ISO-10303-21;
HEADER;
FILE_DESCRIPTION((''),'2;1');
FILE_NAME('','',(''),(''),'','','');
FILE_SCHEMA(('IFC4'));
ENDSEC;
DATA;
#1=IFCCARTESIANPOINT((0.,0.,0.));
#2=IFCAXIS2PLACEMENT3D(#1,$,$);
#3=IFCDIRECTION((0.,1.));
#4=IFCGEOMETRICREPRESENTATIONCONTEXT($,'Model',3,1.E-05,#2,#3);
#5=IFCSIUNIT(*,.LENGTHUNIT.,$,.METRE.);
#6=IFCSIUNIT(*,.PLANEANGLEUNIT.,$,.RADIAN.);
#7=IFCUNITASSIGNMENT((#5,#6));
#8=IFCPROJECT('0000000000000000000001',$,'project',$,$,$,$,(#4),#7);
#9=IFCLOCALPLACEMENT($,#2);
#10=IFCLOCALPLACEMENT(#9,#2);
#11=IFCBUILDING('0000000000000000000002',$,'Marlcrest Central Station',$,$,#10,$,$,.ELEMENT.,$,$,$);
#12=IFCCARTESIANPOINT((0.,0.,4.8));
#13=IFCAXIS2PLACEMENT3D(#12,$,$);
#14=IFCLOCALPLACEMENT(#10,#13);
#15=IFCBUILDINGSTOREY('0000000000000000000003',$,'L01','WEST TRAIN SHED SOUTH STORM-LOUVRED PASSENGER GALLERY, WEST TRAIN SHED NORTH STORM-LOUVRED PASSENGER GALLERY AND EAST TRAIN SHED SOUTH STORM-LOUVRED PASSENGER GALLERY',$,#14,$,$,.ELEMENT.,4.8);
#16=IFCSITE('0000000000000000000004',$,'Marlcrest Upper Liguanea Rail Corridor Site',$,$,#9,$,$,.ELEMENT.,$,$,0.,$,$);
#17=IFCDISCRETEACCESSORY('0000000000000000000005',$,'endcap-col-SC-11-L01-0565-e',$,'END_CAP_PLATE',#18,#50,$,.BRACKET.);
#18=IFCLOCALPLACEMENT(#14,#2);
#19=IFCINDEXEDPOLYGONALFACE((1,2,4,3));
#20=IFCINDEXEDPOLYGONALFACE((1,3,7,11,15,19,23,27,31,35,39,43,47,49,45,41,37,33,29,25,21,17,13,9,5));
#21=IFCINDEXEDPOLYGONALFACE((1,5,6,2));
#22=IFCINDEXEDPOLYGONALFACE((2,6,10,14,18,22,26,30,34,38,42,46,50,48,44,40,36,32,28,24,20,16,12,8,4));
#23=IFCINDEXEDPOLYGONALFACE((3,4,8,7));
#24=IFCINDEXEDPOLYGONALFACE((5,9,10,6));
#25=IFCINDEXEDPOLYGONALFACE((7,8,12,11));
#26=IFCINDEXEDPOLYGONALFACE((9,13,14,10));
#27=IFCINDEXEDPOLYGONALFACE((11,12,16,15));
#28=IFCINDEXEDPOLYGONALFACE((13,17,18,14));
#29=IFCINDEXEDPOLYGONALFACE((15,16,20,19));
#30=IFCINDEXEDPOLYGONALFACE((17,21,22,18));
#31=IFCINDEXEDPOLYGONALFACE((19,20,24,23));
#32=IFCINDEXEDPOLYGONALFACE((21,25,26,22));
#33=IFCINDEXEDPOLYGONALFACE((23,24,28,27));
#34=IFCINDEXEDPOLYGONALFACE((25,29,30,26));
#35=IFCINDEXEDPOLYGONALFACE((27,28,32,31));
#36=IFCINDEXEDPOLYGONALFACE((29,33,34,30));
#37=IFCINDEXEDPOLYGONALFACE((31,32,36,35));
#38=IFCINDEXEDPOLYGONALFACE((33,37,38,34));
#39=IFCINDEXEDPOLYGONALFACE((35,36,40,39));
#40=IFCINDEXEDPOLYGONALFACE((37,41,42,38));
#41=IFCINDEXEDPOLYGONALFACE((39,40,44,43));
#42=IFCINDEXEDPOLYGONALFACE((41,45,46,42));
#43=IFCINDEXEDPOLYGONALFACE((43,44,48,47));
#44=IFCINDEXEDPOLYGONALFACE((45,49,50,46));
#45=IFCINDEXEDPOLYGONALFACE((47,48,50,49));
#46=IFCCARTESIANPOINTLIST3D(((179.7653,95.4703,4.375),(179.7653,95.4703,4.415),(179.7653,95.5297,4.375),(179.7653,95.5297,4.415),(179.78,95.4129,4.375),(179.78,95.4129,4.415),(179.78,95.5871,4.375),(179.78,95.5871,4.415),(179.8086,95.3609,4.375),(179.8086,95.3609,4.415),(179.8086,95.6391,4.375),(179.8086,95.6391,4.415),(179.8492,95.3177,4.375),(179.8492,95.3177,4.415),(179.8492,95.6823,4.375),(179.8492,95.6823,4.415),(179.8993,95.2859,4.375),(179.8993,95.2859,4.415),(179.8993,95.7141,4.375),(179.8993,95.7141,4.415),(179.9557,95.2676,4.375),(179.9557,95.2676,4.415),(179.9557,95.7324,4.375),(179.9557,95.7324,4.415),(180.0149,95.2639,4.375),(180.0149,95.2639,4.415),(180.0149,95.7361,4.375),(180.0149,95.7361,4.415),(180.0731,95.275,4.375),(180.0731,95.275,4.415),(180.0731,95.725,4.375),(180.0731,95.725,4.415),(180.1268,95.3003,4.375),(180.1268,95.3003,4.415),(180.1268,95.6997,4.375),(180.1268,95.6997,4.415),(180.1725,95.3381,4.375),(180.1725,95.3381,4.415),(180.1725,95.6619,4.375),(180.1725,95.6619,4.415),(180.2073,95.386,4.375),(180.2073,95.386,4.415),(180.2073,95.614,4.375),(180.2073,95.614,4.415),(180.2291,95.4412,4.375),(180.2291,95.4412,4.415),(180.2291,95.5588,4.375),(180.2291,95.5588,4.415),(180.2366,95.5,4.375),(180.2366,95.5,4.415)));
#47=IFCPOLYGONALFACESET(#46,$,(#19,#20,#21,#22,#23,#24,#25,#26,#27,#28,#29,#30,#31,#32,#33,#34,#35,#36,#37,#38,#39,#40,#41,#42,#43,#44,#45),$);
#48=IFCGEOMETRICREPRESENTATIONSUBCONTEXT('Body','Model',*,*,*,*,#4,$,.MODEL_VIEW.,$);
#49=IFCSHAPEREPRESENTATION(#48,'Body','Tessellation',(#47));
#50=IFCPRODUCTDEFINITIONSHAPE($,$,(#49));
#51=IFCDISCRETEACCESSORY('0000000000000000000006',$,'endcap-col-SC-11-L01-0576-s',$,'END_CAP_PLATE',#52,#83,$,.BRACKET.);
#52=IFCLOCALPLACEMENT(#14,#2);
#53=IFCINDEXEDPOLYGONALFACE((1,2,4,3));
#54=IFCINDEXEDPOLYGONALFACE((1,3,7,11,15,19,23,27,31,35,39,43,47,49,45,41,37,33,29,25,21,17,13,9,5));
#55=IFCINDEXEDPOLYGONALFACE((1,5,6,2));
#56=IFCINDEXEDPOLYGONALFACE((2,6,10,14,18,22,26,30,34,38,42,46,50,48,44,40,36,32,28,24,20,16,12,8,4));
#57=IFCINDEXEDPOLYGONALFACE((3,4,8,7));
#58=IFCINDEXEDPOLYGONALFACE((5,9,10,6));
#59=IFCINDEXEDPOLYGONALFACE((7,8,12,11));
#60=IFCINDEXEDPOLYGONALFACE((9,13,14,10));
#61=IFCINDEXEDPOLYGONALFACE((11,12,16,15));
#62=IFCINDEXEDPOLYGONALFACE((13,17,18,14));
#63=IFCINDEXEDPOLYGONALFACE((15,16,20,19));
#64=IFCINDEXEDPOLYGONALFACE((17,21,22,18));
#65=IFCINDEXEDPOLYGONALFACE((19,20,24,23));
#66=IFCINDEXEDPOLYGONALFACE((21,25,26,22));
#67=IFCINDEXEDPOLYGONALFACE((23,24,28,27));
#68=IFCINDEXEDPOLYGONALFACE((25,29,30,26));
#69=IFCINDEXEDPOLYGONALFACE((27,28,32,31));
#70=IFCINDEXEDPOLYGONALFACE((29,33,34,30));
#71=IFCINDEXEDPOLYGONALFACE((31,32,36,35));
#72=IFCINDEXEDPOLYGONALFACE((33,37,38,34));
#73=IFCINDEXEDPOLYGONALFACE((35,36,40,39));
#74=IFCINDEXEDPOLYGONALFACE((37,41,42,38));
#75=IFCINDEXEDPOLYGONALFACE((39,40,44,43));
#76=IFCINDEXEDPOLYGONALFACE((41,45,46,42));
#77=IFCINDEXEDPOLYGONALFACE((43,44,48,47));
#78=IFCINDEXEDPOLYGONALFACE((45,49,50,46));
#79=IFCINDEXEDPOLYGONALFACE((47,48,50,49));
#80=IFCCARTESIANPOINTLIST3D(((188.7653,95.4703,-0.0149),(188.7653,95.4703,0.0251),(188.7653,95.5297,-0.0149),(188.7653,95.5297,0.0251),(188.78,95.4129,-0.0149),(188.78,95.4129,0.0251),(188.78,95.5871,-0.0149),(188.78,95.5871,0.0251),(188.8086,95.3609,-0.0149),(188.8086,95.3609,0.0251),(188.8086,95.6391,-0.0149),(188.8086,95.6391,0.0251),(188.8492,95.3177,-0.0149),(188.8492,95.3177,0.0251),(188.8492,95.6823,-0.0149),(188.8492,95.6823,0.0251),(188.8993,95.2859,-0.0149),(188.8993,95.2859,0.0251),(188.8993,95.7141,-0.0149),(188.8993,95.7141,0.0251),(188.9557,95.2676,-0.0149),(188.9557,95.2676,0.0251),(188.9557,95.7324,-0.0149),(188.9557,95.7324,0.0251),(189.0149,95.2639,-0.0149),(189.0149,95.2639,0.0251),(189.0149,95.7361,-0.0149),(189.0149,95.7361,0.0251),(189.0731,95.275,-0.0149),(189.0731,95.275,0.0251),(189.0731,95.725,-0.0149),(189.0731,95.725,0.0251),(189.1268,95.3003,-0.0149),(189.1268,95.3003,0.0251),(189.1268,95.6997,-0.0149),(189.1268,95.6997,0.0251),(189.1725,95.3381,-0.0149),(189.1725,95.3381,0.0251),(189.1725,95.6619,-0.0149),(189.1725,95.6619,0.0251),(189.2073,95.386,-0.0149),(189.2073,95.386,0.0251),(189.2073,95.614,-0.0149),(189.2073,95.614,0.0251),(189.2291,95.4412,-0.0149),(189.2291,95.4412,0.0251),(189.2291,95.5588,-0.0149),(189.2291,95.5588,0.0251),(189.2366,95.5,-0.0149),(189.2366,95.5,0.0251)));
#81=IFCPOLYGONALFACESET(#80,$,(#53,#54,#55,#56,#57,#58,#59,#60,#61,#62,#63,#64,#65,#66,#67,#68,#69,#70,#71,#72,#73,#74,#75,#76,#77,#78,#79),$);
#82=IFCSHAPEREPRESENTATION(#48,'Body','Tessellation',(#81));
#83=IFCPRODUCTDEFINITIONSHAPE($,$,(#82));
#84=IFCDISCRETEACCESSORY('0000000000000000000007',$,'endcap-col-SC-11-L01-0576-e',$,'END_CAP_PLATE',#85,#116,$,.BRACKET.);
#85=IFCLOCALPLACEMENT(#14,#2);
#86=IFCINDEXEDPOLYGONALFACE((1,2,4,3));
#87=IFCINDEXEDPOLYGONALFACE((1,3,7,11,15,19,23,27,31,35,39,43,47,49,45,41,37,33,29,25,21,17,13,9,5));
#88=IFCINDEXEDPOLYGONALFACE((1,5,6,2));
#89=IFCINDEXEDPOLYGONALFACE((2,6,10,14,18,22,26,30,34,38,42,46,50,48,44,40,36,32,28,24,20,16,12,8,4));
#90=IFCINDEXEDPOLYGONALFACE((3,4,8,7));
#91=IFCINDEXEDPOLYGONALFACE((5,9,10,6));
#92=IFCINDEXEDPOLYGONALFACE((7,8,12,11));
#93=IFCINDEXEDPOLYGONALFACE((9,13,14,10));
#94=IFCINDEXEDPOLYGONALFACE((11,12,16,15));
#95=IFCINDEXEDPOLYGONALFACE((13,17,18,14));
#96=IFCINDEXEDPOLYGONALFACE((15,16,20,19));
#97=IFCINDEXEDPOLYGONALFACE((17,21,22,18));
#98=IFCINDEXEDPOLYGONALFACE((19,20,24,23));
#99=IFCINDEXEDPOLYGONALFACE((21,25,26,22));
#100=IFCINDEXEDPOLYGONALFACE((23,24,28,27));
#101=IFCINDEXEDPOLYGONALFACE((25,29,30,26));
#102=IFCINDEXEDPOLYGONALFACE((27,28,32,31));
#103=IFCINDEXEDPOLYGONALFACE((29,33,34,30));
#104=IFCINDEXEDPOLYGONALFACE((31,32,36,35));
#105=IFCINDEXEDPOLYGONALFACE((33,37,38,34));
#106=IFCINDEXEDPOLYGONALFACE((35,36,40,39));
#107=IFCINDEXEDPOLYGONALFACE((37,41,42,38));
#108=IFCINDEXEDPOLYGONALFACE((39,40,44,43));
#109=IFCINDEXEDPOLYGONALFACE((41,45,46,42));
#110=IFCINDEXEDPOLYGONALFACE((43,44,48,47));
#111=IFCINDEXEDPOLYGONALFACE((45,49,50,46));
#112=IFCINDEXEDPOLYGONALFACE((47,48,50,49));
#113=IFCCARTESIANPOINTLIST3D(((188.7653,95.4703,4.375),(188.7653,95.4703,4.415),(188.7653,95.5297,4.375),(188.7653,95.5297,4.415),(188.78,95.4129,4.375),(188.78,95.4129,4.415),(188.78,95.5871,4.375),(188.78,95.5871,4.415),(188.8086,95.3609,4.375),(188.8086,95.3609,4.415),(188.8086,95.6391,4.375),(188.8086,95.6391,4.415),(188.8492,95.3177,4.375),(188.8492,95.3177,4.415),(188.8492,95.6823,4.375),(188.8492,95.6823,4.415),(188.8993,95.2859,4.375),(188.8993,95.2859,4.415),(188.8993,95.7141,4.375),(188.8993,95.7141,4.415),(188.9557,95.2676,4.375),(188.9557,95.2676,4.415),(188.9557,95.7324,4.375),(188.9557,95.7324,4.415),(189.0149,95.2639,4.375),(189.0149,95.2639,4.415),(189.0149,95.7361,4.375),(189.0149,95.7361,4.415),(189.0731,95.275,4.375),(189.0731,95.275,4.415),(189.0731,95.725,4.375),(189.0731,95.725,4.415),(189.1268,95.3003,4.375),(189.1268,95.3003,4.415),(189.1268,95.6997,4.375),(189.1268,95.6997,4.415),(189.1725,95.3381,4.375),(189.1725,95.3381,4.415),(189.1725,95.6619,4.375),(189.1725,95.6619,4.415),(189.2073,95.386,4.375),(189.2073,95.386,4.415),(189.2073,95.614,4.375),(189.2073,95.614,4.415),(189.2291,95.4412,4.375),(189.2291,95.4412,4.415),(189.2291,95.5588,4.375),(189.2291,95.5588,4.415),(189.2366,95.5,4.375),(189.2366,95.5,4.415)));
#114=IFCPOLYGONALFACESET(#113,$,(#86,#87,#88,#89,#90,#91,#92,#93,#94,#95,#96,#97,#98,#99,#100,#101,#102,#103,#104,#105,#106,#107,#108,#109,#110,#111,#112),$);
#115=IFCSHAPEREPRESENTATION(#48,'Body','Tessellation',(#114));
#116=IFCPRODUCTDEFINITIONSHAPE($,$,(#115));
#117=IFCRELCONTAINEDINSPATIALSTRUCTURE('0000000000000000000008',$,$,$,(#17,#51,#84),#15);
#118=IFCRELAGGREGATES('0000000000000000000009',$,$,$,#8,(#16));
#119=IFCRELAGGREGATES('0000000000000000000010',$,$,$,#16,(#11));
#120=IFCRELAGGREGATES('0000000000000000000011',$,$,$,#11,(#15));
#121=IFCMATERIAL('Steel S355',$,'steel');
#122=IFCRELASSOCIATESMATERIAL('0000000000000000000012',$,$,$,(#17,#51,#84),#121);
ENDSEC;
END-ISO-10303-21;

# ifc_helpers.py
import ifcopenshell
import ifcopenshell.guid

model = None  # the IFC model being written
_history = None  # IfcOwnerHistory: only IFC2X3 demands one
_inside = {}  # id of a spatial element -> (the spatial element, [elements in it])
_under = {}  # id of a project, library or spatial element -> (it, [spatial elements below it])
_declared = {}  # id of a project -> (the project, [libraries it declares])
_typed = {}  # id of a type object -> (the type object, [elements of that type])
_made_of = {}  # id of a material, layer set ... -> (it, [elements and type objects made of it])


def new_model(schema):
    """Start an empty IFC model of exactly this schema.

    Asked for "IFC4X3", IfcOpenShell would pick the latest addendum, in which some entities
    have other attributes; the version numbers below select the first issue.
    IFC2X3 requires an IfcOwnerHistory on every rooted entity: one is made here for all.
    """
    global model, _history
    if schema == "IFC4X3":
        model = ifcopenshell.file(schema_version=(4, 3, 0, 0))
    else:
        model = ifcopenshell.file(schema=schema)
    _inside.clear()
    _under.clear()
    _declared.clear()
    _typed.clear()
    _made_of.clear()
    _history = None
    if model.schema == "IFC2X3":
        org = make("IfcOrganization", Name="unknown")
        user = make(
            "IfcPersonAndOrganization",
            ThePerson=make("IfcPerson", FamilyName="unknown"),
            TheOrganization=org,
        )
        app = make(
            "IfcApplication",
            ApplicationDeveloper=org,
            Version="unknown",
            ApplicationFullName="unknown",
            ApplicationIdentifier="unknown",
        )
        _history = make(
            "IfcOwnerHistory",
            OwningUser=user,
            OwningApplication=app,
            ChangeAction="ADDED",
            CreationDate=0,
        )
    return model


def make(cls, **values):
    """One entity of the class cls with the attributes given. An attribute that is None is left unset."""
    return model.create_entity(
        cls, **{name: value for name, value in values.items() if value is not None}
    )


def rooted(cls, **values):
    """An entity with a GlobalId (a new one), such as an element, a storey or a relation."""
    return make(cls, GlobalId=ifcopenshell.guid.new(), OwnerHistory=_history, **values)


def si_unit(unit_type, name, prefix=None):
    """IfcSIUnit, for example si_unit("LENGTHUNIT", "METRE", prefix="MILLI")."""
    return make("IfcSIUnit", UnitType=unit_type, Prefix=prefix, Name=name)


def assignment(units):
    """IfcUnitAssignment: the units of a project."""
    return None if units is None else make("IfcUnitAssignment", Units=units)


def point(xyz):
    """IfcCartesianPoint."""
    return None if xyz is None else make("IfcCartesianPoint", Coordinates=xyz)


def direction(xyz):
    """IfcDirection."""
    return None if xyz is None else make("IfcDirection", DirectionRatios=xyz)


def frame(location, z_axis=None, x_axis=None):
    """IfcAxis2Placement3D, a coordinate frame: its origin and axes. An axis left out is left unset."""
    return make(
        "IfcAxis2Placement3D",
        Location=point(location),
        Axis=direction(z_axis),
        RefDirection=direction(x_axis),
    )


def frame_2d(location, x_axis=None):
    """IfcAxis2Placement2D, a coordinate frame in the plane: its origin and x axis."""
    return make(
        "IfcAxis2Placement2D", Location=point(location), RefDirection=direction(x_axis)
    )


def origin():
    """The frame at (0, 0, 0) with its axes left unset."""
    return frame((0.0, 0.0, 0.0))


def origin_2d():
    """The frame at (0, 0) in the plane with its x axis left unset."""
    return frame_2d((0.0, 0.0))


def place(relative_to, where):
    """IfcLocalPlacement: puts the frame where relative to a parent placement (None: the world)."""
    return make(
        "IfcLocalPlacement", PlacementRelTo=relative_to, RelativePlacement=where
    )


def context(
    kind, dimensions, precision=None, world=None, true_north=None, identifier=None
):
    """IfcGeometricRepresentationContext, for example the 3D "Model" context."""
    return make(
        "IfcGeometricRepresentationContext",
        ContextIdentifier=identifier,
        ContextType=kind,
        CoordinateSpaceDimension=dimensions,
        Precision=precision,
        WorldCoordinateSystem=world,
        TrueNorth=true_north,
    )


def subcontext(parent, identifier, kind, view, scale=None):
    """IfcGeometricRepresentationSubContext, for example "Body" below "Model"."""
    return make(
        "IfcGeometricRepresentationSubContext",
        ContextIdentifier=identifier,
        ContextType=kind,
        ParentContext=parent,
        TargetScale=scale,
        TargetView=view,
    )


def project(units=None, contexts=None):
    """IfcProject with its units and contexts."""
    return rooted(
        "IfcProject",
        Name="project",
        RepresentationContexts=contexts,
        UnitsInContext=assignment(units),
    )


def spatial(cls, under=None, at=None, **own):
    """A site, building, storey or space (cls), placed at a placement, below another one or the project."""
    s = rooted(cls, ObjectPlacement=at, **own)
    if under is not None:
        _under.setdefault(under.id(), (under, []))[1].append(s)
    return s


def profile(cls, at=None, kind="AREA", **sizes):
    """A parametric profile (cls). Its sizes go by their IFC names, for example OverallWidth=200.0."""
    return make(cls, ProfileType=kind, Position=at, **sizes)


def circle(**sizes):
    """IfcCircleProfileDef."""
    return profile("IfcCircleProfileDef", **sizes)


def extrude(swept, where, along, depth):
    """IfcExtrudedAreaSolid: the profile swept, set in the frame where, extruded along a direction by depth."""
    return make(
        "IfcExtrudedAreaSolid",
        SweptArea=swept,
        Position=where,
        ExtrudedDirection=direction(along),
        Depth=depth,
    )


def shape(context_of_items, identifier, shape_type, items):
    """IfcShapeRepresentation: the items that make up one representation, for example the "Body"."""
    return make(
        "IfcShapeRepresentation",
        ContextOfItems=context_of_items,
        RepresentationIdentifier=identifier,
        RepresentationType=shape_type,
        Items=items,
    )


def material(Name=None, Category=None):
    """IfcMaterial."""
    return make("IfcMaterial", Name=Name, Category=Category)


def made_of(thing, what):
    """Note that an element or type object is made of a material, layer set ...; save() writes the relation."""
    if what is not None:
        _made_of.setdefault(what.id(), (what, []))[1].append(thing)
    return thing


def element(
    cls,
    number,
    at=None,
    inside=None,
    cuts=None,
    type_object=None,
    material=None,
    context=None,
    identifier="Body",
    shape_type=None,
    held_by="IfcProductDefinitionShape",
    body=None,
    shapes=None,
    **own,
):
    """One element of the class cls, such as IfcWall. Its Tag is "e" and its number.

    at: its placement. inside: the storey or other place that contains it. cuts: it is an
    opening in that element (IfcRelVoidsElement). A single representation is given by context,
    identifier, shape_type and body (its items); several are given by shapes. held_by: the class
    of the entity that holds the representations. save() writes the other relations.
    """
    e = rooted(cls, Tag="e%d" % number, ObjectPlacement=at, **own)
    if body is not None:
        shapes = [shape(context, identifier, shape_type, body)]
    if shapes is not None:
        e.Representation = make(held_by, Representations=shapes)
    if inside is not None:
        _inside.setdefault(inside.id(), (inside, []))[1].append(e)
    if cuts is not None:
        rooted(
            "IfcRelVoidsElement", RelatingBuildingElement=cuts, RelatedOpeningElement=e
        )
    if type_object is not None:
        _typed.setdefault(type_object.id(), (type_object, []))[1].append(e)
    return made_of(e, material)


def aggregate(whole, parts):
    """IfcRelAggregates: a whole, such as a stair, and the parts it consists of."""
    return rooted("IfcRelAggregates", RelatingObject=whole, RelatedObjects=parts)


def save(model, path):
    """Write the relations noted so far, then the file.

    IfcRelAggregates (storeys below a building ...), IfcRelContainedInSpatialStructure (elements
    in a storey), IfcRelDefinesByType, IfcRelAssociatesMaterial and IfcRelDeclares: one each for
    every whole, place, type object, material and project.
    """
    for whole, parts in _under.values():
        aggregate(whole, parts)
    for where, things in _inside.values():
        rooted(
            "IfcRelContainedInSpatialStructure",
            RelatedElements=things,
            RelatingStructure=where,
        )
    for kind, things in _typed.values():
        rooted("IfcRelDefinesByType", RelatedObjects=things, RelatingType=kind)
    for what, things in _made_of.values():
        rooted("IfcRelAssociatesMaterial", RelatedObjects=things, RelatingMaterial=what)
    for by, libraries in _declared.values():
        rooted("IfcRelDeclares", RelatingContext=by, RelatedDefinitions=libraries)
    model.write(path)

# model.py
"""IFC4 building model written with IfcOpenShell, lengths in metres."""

from ifc_helpers import new_model, si_unit, direction, frame, origin, origin_2d, place, context, subcontext, project, spatial, circle, extrude, material, element, save


model = new_model("IFC4")

# Units and contexts
model_context = context("Model", 3, precision=1e-05, world=origin(), true_north=direction((0.0, 1.0)))
body_context = subcontext(model_context, "Body", "Model", "MODEL_VIEW")
ifc_project = project(units=[si_unit("LENGTHUNIT", "METRE"), si_unit("PLANEANGLEUNIT", "RADIAN")], contexts=[model_context])

# Site, building, storey
site_placement = place(None, origin())
site = spatial("IfcSite", under=ifc_project, at=site_placement, Name="Marlcrest Upper Liguanea Rail Corridor Site", CompositionType="ELEMENT", RefElevation=0.0)
building_placement = place(site_placement, origin())
building = spatial("IfcBuilding", under=site, at=building_placement, Name="Marlcrest Central Station", CompositionType="ELEMENT")
storey_placement = place(building_placement, frame((0.0, 0.0, 4.8)))
storey = spatial("IfcBuildingStorey", under=building, at=storey_placement, Name="L01", Description="WEST TRAIN SHED SOUTH STORM-LOUVRED PASSENGER GALLERY, WEST TRAIN SHED NORTH STORM-LOUVRED PASSENGER GALLERY AND EAST TRAIN SHED SOUTH STORM-LOUVRED PASSENGER GALLERY", CompositionType="ELEMENT", Elevation=4.8)

# Shared definitions
ifc_material_1 = material(Name="Steel S355", Category="steel")

# Discrete accessories
for number, where, z_axis, x_axis, name in (
    (1, (180.0, 95.5, 4.375), (0.0, 0.0, 1.0), (1.0, 0.0, 0.0), "endcap-col-SC-11-L01-0565-e"),
    (2, (189.0, 95.5, -0.0149), (0.0, 0.0, 1.0), (1.0, 0.0, 0.0), "endcap-col-SC-11-L01-0576-s"),
    (3, (189.0, 95.5, 4.375), (0.0, 0.0, 1.0), (1.0, 0.0, 0.0), "endcap-col-SC-11-L01-0576-e"),
):
    element("IfcDiscreteAccessory", number, at=place(storey_placement, frame(where, z_axis=z_axis, x_axis=x_axis)), inside=storey, material=ifc_material_1, Name=name, ObjectType="END_CAP_PLATE", PredefinedType="BRACKET", context=body_context, shape_type="SweptSolid", body=[
        extrude(circle(Radius=0.2366, at=origin_2d()), origin(), (0.0, 0.0, 1.0), 0.04),
    ])

save(model, "model.ifc")
